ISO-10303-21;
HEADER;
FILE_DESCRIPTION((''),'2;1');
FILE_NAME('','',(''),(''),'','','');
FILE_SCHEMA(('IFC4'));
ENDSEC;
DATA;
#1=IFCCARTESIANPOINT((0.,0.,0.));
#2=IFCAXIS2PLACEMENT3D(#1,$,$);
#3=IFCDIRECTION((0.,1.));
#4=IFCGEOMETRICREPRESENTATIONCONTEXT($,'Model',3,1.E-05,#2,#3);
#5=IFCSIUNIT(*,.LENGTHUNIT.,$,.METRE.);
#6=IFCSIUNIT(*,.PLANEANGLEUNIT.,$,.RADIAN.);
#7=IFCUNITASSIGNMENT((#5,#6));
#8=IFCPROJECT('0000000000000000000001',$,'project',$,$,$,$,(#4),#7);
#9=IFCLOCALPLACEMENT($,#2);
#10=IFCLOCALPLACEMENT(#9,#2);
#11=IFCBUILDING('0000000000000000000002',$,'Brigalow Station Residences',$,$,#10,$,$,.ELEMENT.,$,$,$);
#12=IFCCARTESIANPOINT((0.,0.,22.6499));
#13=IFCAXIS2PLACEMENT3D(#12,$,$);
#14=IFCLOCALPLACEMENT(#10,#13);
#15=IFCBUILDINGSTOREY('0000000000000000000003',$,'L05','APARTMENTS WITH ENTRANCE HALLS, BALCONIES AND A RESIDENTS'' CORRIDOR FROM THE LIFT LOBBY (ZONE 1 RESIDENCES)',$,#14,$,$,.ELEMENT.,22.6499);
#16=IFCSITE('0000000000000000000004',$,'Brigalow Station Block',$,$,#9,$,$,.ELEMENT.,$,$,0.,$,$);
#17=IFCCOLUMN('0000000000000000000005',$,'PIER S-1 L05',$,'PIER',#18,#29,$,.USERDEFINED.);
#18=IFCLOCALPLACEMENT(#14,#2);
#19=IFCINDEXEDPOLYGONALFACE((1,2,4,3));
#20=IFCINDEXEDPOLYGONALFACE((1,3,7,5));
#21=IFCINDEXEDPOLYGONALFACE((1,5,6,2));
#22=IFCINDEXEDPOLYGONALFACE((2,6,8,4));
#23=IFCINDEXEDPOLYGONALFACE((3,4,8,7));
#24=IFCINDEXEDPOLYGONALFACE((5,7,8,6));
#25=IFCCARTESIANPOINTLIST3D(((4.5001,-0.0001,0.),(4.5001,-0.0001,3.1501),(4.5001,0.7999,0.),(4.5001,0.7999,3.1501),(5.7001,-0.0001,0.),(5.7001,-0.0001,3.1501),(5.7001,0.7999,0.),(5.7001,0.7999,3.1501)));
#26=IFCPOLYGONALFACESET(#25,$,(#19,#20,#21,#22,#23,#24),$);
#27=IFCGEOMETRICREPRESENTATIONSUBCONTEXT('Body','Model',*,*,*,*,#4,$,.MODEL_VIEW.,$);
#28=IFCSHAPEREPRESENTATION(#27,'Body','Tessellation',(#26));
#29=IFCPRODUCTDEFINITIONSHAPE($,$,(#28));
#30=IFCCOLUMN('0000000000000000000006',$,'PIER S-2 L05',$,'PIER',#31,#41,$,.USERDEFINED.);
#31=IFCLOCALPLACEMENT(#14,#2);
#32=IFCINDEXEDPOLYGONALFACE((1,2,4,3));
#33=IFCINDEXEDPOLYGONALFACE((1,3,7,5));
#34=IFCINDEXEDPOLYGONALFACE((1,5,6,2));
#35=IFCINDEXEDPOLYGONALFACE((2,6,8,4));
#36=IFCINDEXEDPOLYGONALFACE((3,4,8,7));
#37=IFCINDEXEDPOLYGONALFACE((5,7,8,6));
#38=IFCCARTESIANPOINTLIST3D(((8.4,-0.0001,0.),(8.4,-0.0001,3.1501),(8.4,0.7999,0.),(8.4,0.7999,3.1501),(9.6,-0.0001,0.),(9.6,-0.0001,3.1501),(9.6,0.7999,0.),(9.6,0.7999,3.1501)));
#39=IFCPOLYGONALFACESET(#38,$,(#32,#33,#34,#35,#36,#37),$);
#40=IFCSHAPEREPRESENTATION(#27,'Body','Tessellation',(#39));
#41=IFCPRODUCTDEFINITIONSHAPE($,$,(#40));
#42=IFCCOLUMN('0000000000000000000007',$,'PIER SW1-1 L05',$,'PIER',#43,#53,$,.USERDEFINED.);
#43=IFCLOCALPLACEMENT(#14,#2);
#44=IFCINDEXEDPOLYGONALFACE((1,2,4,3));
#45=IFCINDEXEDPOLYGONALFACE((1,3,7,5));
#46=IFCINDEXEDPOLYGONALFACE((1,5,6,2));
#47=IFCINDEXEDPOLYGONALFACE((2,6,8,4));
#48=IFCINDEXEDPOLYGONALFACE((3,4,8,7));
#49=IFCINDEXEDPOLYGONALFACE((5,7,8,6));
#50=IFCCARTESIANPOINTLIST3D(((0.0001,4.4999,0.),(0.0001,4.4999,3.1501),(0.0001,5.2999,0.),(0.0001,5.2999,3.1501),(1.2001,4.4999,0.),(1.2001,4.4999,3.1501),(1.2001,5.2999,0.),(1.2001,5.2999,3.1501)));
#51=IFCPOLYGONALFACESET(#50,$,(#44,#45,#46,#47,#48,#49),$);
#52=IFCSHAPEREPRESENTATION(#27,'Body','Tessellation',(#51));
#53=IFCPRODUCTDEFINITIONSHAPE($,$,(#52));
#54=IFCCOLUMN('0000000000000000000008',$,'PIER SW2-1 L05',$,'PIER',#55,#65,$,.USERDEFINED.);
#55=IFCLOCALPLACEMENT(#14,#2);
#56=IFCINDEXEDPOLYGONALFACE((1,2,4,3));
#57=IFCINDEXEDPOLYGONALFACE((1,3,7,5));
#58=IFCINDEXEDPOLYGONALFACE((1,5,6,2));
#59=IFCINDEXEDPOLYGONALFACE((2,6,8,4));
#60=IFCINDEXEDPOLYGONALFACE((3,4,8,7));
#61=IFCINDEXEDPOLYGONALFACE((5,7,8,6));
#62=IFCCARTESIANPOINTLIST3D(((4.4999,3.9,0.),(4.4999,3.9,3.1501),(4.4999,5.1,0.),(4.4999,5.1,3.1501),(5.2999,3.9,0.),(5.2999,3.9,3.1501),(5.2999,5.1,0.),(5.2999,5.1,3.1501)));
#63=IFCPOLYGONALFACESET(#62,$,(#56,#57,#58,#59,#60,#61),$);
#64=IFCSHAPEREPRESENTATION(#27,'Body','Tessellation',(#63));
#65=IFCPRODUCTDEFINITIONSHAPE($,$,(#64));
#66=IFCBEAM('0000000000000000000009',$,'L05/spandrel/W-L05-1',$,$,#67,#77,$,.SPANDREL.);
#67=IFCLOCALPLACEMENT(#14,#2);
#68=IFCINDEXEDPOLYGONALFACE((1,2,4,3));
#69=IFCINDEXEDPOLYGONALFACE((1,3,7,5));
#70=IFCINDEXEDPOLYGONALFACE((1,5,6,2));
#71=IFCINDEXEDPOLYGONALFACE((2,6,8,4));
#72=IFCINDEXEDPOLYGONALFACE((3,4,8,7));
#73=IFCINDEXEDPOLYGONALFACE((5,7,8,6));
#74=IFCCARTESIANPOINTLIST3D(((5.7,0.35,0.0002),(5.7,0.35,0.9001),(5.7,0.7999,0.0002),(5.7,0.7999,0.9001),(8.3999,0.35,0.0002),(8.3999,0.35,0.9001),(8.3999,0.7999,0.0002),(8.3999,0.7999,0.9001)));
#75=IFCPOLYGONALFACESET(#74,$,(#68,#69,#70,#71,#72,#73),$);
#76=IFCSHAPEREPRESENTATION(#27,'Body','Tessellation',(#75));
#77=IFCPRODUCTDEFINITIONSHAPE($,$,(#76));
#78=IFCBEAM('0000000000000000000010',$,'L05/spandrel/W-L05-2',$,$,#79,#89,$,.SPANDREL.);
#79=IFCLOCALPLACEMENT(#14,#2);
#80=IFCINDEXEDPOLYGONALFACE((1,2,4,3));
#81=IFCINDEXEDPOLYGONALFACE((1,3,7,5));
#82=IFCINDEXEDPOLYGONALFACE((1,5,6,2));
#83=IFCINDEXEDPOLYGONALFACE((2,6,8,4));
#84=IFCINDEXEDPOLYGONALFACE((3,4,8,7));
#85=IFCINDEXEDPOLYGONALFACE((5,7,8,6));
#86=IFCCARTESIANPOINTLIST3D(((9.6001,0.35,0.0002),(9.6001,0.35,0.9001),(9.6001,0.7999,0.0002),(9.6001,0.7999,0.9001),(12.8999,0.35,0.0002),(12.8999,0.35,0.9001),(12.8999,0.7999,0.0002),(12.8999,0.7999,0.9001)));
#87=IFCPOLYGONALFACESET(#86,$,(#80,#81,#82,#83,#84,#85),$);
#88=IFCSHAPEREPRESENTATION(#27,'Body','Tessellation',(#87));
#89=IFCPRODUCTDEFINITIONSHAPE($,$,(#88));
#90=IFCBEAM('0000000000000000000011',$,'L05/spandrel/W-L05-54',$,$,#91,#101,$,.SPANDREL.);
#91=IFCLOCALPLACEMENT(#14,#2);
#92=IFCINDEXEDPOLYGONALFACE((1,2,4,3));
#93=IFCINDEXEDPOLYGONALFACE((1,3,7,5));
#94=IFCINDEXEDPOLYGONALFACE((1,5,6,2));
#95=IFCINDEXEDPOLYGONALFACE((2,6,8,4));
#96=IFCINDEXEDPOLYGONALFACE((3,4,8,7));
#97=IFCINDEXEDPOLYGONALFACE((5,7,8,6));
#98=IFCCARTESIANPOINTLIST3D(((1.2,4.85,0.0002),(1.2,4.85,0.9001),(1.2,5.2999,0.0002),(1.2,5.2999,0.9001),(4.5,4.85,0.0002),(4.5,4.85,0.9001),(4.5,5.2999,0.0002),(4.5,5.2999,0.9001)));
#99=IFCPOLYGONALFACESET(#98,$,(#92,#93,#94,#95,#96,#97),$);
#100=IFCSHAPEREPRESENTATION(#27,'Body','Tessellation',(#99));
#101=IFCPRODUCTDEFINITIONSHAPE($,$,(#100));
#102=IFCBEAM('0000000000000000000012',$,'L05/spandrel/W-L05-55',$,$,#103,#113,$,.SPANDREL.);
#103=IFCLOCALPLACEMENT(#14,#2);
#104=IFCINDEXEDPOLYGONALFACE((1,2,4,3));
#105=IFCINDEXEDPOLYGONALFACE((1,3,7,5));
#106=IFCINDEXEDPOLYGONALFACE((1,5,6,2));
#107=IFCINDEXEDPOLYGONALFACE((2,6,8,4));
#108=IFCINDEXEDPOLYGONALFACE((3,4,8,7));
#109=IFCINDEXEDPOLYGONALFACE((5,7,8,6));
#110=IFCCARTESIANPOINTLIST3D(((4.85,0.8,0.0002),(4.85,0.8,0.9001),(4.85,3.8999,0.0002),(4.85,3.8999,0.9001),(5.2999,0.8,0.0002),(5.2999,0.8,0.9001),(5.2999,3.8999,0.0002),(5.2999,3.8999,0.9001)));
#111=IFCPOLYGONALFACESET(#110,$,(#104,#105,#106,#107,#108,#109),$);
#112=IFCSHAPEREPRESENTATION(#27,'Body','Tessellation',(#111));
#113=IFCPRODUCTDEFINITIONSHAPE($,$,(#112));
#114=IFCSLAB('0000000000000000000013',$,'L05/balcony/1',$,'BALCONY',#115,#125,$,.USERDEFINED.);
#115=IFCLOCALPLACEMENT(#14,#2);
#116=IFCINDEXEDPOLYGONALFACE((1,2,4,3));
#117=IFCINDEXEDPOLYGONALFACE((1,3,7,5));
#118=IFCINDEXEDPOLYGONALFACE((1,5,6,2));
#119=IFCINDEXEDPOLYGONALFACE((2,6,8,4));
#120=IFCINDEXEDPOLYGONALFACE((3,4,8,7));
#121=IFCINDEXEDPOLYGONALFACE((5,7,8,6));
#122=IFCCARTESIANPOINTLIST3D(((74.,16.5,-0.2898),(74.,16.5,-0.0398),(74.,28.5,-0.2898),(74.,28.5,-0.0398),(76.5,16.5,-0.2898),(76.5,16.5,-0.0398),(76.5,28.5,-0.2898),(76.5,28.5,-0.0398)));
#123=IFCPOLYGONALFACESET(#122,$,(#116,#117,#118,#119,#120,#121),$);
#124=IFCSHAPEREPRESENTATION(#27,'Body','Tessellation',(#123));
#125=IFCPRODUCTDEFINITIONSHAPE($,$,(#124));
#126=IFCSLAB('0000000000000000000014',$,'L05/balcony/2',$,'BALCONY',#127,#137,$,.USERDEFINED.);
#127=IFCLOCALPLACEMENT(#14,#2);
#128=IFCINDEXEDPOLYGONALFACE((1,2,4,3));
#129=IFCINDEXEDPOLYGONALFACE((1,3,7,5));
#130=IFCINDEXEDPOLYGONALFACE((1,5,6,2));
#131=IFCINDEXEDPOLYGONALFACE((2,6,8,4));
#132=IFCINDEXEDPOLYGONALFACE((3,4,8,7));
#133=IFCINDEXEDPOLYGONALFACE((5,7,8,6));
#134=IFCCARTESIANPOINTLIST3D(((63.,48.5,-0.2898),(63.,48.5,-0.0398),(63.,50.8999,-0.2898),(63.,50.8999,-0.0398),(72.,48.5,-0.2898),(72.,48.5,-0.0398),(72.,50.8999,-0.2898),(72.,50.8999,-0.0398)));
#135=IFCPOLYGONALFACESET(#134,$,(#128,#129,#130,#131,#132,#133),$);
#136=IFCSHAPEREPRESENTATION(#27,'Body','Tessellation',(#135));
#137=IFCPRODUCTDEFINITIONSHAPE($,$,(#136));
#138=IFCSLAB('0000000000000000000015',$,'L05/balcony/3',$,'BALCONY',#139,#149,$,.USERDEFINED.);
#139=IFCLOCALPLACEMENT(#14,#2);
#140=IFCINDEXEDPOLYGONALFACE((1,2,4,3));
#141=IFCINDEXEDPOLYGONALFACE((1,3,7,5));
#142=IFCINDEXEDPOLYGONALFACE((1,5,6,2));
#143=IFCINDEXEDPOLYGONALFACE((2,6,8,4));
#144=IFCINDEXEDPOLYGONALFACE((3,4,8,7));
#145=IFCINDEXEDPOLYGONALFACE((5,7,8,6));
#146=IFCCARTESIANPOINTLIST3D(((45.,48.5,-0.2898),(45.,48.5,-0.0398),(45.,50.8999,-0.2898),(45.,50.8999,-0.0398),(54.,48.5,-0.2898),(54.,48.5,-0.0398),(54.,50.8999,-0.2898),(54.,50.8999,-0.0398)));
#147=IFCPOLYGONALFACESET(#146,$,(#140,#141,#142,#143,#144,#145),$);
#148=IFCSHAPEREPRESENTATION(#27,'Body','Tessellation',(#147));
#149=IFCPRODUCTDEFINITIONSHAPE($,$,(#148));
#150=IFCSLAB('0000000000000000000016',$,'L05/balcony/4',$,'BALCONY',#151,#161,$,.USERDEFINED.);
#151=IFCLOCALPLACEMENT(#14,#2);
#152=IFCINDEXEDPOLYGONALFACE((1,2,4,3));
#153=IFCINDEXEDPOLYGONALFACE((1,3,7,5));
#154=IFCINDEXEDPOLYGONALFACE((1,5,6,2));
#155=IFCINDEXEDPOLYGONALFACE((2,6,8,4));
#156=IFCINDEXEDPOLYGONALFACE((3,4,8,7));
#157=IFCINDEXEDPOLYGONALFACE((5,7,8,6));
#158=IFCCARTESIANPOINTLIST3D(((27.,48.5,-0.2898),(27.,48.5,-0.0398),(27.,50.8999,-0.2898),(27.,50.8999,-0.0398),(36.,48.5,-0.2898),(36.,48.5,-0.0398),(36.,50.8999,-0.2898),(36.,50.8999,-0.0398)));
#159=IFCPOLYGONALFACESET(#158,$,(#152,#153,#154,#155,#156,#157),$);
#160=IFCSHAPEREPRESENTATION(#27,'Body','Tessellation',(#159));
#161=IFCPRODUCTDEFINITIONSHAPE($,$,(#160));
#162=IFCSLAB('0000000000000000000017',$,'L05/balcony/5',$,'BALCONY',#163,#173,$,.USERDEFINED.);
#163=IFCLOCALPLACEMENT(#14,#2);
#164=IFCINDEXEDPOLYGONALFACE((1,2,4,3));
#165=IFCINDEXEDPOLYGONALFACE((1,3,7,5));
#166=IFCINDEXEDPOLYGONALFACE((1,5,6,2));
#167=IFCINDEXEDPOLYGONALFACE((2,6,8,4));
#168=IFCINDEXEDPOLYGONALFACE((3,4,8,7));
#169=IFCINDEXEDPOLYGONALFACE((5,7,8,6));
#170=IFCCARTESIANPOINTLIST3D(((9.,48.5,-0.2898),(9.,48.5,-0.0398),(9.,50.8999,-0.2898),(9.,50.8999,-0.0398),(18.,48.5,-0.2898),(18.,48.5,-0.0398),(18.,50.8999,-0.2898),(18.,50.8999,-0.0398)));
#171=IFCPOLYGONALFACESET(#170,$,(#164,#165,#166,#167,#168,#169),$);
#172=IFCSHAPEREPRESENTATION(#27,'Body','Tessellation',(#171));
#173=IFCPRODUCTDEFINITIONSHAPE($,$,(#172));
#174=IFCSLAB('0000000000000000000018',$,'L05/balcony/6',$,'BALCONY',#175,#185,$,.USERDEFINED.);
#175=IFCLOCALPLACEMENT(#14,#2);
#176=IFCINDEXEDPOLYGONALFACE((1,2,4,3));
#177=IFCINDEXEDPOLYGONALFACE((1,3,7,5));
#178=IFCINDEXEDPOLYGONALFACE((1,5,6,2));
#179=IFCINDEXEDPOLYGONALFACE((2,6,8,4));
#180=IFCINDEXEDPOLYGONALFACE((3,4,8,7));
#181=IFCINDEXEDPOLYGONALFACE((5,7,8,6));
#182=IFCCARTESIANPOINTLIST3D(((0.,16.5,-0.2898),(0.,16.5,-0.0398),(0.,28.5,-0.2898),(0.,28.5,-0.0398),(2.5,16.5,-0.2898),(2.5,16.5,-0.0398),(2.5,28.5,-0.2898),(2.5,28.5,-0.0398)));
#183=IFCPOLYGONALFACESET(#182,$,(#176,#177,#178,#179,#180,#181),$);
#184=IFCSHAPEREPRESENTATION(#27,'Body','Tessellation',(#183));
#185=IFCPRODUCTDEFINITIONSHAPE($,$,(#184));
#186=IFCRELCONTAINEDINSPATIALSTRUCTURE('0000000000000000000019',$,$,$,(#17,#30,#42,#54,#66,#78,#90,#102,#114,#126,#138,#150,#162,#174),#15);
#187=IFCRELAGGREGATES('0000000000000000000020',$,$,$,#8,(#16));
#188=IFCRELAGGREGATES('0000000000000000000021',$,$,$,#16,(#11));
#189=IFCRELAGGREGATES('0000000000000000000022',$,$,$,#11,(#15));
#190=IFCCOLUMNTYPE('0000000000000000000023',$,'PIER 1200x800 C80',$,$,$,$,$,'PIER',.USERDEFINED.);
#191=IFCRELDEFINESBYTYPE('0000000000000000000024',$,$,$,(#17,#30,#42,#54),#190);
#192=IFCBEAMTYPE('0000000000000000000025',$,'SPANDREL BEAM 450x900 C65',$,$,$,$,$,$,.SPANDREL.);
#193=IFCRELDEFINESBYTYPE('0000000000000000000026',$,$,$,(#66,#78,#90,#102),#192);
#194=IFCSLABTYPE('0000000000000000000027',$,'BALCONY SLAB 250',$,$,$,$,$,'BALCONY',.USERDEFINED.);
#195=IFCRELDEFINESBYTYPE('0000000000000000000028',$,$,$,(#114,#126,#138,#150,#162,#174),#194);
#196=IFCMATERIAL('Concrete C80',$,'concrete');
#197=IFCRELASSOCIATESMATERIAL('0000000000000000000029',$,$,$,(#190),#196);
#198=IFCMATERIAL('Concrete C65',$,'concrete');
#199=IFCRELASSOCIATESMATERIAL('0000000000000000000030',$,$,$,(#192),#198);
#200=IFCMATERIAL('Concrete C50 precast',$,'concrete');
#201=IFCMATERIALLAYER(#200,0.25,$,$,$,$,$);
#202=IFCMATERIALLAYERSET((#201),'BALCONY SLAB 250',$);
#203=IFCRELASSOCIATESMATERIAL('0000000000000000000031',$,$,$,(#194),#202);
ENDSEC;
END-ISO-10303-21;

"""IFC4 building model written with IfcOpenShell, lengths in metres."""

from ifc_helpers import new_model, si_unit, direction, frame, origin, origin_2d, place, context, subcontext, project, spatial, polyline, rectangle, outline, extrude, material, layer, layer_set, material_profile, profile_set, type_object, element, save


model = new_model("IFC4")

# Units and contexts
model_context = context("Model", 3, precision=1e-05, world=origin(), true_north=direction((0.0, 1.0)))
body_context = subcontext(model_context, "Body", "Model", "MODEL_VIEW")
ifc_project = project(units=[si_unit("LENGTHUNIT", "METRE"), si_unit("PLANEANGLEUNIT", "RADIAN")], contexts=[model_context])

# Site, building, storey
site_placement = place(None, origin())
site = spatial("IfcSite", under=ifc_project, at=site_placement, Name="Brigalow Station Block", CompositionType="ELEMENT", RefElevation=0.0)
building_placement = place(site_placement, origin())
building = spatial("IfcBuilding", under=site, at=building_placement, Name="Brigalow Station Residences", CompositionType="ELEMENT")
storey_placement = place(building_placement, frame((0.0, 0.0, 22.6499)))
storey = spatial("IfcBuildingStorey", under=building, at=storey_placement, Name="L05", Description="APARTMENTS WITH ENTRANCE HALLS, BALCONIES AND A RESIDENTS' CORRIDOR FROM THE LIFT LOBBY (ZONE 1 RESIDENCES)", CompositionType="ELEMENT", Elevation=22.6499)

# Columns
ifc_material_1 = material(Name="Concrete C80", Category="concrete")
ifc_material_profile_1 = material_profile(ifc_material_1, rectangle(XDim=1.2, YDim=0.8, at=origin_2d()), Name="RC1200x800")
ifc_profile_set_1 = profile_set([ifc_material_profile_1], Name="Concrete C80")
column_type = type_object("IfcColumnType", Name="PIER 1200x800 C80", ElementType="PIER", PredefinedType="USERDEFINED", material=ifc_profile_set_1)
for number, where, z_axis, x_axis, name in (
    (1, (5.1001, 0.3999, 0.0), (0.0, 0.0, 1.0), (1.0, 0.0, 0.0), "PIER S-1 L05"),
    (2, (9.0, 0.3999, 0.0), (0.0, 0.0, 1.0), (1.0, 0.0, 0.0), "PIER S-2 L05"),
    (3, (0.6001, 4.8999, 0.0), (0.0, 0.0, 1.0), (1.0, 0.0, 0.0), "PIER SW1-1 L05"),
    (4, (4.8999, 4.5, 0.0), (0.0, 0.0, 1.0), (0.0, -1.0, 0.0), "PIER SW2-1 L05"),
):
    element("IfcColumn", number, at=place(storey_placement, frame(where, z_axis=z_axis, x_axis=x_axis)), inside=storey, type_object=column_type, Name=name, ObjectType="PIER", PredefinedType="USERDEFINED", context=body_context, shape_type="SweptSolid", body=[
        extrude(rectangle(XDim=1.2, YDim=0.8, at=origin_2d()), origin(), (0.0, 0.0, 1.0), 3.1501),
    ])

# Beams
ifc_material_2 = material(Name="Concrete C65", Category="concrete")
ifc_material_profile_2 = material_profile(ifc_material_2, rectangle(XDim=0.45, YDim=0.8999, at=origin_2d()), Name="RC450x900")
ifc_profile_set_2 = profile_set([ifc_material_profile_2], Name="Concrete C65")
beam_type = type_object("IfcBeamType", Name="SPANDREL BEAM 450x900 C65", PredefinedType="SPANDREL", material=ifc_profile_set_2)
beam_1_placement = place(storey_placement, frame((5.7, 0.575, 0.4502), z_axis=(1.0, 0.0, 0.0), x_axis=(0.0, 1.0, 0.0)))
element("IfcBeam", 5, at=beam_1_placement, inside=storey, type_object=beam_type, Name="L05/spandrel/W-L05-1", PredefinedType="SPANDREL", context=body_context, shape_type="SweptSolid", body=[
    extrude(rectangle(XDim=0.45, YDim=0.8999, at=origin_2d()), origin(), (0.0, 0.0, 1.0), 2.7),
])
beam_2_placement = place(storey_placement, frame((9.6001, 0.575, 0.4502), z_axis=(1.0, 0.0, 0.0), x_axis=(0.0, 1.0, 0.0)))
element("IfcBeam", 6, at=beam_2_placement, inside=storey, type_object=beam_type, Name="L05/spandrel/W-L05-2", PredefinedType="SPANDREL", context=body_context, shape_type="SweptSolid", body=[
    extrude(rectangle(XDim=0.45, YDim=0.8999, at=origin_2d()), origin(), (0.0, 0.0, 1.0), 3.2998),
])
beam_3_placement = place(storey_placement, frame((1.2, 5.075, 0.4502), z_axis=(1.0, 0.0, 0.0), x_axis=(0.0, 1.0, 0.0)))
element("IfcBeam", 7, at=beam_3_placement, inside=storey, type_object=beam_type, Name="L05/spandrel/W-L05-54", PredefinedType="SPANDREL", context=body_context, shape_type="SweptSolid", body=[
    extrude(rectangle(XDim=0.45, YDim=0.8999, at=origin_2d()), origin(), (0.0, 0.0, 1.0), 3.3),
])
beam_4_placement = place(storey_placement, frame((5.075, 3.8999, 0.4502), z_axis=(0.0, -1.0, 0.0), x_axis=(1.0, 0.0, 0.0)))
element("IfcBeam", 8, at=beam_4_placement, inside=storey, type_object=beam_type, Name="L05/spandrel/W-L05-55", PredefinedType="SPANDREL", context=body_context, shape_type="SweptSolid", body=[
    extrude(rectangle(XDim=0.45, YDim=0.8999, at=origin_2d()), origin(), (0.0, 0.0, 1.0), 3.0999),
])

# Slabs
ifc_material_3 = material(Name="Concrete C50 precast", Category="concrete")
ifc_layer_1 = layer(ifc_material_3, 0.25)
ifc_layer_set_1 = layer_set([ifc_layer_1], Name="BALCONY SLAB 250")
slab_type_1 = type_object("IfcSlabType", Name="BALCONY SLAB 250", ElementType="BALCONY", PredefinedType="USERDEFINED", material=ifc_layer_set_1)
slab_1_placement = place(storey_placement, frame((0.0, 0.0, -0.2898)))
element("IfcSlab", 9, at=slab_1_placement, inside=storey, type_object=slab_type_1, Name="L05/balcony/1", ObjectType="BALCONY", PredefinedType="USERDEFINED", context=body_context, shape_type="SweptSolid", body=[
    extrude(outline(polyline([(74.0, 16.5), (76.5, 16.5), (76.5, 28.5), (74.0, 28.5), (74.0, 16.5)])), origin(), (0.0, 0.0, 1.0), 0.25),
])
slab_2_placement = place(storey_placement, frame((0.0, 0.0, -0.2898)))
element("IfcSlab", 10, at=slab_2_placement, inside=storey, type_object=slab_type_1, Name="L05/balcony/2", ObjectType="BALCONY", PredefinedType="USERDEFINED", context=body_context, shape_type="SweptSolid", body=[
    extrude(outline(polyline([(72.0, 48.5), (72.0, 50.8999), (63.0, 50.8999), (63.0, 48.5), (72.0, 48.5)])), origin(), (0.0, 0.0, 1.0), 0.25),
])
slab_3_placement = place(storey_placement, frame((0.0, 0.0, -0.2898)))
element("IfcSlab", 11, at=slab_3_placement, inside=storey, type_object=slab_type_1, Name="L05/balcony/3", ObjectType="BALCONY", PredefinedType="USERDEFINED", context=body_context, shape_type="SweptSolid", body=[
    extrude(outline(polyline([(54.0, 48.5), (54.0, 50.8999), (45.0, 50.8999), (45.0, 48.5), (54.0, 48.5)])), origin(), (0.0, 0.0, 1.0), 0.25),
])
slab_4_placement = place(storey_placement, frame((0.0, 0.0, -0.2898)))
element("IfcSlab", 12, at=slab_4_placement, inside=storey, type_object=slab_type_1, Name="L05/balcony/4", ObjectType="BALCONY", PredefinedType="USERDEFINED", context=body_context, shape_type="SweptSolid", body=[
    extrude(outline(polyline([(36.0, 48.5), (36.0, 50.8999), (27.0, 50.8999), (27.0, 48.5), (36.0, 48.5)])), origin(), (0.0, 0.0, 1.0), 0.25),
])
slab_5_placement = place(storey_placement, frame((0.0, 0.0, -0.2898)))
element("IfcSlab", 13, at=slab_5_placement, inside=storey, type_object=slab_type_1, Name="L05/balcony/5", ObjectType="BALCONY", PredefinedType="USERDEFINED", context=body_context, shape_type="SweptSolid", body=[
    extrude(outline(polyline([(18.0, 48.5), (18.0, 50.8999), (9.0, 50.8999), (9.0, 48.5), (18.0, 48.5)])), origin(), (0.0, 0.0, 1.0), 0.25),
])
slab_6_placement = place(storey_placement, frame((0.0, 0.0, -0.2898)))
element("IfcSlab", 14, at=slab_6_placement, inside=storey, type_object=slab_type_1, Name="L05/balcony/6", ObjectType="BALCONY", PredefinedType="USERDEFINED", context=body_context, shape_type="SweptSolid", body=[
    extrude(outline(polyline([(2.5, 28.5), (0.0, 28.5), (0.0, 16.5), (2.5, 16.5), (2.5, 28.5)])), origin(), (0.0, 0.0, 1.0), 0.25),
])

save(model, "model.ifc")
